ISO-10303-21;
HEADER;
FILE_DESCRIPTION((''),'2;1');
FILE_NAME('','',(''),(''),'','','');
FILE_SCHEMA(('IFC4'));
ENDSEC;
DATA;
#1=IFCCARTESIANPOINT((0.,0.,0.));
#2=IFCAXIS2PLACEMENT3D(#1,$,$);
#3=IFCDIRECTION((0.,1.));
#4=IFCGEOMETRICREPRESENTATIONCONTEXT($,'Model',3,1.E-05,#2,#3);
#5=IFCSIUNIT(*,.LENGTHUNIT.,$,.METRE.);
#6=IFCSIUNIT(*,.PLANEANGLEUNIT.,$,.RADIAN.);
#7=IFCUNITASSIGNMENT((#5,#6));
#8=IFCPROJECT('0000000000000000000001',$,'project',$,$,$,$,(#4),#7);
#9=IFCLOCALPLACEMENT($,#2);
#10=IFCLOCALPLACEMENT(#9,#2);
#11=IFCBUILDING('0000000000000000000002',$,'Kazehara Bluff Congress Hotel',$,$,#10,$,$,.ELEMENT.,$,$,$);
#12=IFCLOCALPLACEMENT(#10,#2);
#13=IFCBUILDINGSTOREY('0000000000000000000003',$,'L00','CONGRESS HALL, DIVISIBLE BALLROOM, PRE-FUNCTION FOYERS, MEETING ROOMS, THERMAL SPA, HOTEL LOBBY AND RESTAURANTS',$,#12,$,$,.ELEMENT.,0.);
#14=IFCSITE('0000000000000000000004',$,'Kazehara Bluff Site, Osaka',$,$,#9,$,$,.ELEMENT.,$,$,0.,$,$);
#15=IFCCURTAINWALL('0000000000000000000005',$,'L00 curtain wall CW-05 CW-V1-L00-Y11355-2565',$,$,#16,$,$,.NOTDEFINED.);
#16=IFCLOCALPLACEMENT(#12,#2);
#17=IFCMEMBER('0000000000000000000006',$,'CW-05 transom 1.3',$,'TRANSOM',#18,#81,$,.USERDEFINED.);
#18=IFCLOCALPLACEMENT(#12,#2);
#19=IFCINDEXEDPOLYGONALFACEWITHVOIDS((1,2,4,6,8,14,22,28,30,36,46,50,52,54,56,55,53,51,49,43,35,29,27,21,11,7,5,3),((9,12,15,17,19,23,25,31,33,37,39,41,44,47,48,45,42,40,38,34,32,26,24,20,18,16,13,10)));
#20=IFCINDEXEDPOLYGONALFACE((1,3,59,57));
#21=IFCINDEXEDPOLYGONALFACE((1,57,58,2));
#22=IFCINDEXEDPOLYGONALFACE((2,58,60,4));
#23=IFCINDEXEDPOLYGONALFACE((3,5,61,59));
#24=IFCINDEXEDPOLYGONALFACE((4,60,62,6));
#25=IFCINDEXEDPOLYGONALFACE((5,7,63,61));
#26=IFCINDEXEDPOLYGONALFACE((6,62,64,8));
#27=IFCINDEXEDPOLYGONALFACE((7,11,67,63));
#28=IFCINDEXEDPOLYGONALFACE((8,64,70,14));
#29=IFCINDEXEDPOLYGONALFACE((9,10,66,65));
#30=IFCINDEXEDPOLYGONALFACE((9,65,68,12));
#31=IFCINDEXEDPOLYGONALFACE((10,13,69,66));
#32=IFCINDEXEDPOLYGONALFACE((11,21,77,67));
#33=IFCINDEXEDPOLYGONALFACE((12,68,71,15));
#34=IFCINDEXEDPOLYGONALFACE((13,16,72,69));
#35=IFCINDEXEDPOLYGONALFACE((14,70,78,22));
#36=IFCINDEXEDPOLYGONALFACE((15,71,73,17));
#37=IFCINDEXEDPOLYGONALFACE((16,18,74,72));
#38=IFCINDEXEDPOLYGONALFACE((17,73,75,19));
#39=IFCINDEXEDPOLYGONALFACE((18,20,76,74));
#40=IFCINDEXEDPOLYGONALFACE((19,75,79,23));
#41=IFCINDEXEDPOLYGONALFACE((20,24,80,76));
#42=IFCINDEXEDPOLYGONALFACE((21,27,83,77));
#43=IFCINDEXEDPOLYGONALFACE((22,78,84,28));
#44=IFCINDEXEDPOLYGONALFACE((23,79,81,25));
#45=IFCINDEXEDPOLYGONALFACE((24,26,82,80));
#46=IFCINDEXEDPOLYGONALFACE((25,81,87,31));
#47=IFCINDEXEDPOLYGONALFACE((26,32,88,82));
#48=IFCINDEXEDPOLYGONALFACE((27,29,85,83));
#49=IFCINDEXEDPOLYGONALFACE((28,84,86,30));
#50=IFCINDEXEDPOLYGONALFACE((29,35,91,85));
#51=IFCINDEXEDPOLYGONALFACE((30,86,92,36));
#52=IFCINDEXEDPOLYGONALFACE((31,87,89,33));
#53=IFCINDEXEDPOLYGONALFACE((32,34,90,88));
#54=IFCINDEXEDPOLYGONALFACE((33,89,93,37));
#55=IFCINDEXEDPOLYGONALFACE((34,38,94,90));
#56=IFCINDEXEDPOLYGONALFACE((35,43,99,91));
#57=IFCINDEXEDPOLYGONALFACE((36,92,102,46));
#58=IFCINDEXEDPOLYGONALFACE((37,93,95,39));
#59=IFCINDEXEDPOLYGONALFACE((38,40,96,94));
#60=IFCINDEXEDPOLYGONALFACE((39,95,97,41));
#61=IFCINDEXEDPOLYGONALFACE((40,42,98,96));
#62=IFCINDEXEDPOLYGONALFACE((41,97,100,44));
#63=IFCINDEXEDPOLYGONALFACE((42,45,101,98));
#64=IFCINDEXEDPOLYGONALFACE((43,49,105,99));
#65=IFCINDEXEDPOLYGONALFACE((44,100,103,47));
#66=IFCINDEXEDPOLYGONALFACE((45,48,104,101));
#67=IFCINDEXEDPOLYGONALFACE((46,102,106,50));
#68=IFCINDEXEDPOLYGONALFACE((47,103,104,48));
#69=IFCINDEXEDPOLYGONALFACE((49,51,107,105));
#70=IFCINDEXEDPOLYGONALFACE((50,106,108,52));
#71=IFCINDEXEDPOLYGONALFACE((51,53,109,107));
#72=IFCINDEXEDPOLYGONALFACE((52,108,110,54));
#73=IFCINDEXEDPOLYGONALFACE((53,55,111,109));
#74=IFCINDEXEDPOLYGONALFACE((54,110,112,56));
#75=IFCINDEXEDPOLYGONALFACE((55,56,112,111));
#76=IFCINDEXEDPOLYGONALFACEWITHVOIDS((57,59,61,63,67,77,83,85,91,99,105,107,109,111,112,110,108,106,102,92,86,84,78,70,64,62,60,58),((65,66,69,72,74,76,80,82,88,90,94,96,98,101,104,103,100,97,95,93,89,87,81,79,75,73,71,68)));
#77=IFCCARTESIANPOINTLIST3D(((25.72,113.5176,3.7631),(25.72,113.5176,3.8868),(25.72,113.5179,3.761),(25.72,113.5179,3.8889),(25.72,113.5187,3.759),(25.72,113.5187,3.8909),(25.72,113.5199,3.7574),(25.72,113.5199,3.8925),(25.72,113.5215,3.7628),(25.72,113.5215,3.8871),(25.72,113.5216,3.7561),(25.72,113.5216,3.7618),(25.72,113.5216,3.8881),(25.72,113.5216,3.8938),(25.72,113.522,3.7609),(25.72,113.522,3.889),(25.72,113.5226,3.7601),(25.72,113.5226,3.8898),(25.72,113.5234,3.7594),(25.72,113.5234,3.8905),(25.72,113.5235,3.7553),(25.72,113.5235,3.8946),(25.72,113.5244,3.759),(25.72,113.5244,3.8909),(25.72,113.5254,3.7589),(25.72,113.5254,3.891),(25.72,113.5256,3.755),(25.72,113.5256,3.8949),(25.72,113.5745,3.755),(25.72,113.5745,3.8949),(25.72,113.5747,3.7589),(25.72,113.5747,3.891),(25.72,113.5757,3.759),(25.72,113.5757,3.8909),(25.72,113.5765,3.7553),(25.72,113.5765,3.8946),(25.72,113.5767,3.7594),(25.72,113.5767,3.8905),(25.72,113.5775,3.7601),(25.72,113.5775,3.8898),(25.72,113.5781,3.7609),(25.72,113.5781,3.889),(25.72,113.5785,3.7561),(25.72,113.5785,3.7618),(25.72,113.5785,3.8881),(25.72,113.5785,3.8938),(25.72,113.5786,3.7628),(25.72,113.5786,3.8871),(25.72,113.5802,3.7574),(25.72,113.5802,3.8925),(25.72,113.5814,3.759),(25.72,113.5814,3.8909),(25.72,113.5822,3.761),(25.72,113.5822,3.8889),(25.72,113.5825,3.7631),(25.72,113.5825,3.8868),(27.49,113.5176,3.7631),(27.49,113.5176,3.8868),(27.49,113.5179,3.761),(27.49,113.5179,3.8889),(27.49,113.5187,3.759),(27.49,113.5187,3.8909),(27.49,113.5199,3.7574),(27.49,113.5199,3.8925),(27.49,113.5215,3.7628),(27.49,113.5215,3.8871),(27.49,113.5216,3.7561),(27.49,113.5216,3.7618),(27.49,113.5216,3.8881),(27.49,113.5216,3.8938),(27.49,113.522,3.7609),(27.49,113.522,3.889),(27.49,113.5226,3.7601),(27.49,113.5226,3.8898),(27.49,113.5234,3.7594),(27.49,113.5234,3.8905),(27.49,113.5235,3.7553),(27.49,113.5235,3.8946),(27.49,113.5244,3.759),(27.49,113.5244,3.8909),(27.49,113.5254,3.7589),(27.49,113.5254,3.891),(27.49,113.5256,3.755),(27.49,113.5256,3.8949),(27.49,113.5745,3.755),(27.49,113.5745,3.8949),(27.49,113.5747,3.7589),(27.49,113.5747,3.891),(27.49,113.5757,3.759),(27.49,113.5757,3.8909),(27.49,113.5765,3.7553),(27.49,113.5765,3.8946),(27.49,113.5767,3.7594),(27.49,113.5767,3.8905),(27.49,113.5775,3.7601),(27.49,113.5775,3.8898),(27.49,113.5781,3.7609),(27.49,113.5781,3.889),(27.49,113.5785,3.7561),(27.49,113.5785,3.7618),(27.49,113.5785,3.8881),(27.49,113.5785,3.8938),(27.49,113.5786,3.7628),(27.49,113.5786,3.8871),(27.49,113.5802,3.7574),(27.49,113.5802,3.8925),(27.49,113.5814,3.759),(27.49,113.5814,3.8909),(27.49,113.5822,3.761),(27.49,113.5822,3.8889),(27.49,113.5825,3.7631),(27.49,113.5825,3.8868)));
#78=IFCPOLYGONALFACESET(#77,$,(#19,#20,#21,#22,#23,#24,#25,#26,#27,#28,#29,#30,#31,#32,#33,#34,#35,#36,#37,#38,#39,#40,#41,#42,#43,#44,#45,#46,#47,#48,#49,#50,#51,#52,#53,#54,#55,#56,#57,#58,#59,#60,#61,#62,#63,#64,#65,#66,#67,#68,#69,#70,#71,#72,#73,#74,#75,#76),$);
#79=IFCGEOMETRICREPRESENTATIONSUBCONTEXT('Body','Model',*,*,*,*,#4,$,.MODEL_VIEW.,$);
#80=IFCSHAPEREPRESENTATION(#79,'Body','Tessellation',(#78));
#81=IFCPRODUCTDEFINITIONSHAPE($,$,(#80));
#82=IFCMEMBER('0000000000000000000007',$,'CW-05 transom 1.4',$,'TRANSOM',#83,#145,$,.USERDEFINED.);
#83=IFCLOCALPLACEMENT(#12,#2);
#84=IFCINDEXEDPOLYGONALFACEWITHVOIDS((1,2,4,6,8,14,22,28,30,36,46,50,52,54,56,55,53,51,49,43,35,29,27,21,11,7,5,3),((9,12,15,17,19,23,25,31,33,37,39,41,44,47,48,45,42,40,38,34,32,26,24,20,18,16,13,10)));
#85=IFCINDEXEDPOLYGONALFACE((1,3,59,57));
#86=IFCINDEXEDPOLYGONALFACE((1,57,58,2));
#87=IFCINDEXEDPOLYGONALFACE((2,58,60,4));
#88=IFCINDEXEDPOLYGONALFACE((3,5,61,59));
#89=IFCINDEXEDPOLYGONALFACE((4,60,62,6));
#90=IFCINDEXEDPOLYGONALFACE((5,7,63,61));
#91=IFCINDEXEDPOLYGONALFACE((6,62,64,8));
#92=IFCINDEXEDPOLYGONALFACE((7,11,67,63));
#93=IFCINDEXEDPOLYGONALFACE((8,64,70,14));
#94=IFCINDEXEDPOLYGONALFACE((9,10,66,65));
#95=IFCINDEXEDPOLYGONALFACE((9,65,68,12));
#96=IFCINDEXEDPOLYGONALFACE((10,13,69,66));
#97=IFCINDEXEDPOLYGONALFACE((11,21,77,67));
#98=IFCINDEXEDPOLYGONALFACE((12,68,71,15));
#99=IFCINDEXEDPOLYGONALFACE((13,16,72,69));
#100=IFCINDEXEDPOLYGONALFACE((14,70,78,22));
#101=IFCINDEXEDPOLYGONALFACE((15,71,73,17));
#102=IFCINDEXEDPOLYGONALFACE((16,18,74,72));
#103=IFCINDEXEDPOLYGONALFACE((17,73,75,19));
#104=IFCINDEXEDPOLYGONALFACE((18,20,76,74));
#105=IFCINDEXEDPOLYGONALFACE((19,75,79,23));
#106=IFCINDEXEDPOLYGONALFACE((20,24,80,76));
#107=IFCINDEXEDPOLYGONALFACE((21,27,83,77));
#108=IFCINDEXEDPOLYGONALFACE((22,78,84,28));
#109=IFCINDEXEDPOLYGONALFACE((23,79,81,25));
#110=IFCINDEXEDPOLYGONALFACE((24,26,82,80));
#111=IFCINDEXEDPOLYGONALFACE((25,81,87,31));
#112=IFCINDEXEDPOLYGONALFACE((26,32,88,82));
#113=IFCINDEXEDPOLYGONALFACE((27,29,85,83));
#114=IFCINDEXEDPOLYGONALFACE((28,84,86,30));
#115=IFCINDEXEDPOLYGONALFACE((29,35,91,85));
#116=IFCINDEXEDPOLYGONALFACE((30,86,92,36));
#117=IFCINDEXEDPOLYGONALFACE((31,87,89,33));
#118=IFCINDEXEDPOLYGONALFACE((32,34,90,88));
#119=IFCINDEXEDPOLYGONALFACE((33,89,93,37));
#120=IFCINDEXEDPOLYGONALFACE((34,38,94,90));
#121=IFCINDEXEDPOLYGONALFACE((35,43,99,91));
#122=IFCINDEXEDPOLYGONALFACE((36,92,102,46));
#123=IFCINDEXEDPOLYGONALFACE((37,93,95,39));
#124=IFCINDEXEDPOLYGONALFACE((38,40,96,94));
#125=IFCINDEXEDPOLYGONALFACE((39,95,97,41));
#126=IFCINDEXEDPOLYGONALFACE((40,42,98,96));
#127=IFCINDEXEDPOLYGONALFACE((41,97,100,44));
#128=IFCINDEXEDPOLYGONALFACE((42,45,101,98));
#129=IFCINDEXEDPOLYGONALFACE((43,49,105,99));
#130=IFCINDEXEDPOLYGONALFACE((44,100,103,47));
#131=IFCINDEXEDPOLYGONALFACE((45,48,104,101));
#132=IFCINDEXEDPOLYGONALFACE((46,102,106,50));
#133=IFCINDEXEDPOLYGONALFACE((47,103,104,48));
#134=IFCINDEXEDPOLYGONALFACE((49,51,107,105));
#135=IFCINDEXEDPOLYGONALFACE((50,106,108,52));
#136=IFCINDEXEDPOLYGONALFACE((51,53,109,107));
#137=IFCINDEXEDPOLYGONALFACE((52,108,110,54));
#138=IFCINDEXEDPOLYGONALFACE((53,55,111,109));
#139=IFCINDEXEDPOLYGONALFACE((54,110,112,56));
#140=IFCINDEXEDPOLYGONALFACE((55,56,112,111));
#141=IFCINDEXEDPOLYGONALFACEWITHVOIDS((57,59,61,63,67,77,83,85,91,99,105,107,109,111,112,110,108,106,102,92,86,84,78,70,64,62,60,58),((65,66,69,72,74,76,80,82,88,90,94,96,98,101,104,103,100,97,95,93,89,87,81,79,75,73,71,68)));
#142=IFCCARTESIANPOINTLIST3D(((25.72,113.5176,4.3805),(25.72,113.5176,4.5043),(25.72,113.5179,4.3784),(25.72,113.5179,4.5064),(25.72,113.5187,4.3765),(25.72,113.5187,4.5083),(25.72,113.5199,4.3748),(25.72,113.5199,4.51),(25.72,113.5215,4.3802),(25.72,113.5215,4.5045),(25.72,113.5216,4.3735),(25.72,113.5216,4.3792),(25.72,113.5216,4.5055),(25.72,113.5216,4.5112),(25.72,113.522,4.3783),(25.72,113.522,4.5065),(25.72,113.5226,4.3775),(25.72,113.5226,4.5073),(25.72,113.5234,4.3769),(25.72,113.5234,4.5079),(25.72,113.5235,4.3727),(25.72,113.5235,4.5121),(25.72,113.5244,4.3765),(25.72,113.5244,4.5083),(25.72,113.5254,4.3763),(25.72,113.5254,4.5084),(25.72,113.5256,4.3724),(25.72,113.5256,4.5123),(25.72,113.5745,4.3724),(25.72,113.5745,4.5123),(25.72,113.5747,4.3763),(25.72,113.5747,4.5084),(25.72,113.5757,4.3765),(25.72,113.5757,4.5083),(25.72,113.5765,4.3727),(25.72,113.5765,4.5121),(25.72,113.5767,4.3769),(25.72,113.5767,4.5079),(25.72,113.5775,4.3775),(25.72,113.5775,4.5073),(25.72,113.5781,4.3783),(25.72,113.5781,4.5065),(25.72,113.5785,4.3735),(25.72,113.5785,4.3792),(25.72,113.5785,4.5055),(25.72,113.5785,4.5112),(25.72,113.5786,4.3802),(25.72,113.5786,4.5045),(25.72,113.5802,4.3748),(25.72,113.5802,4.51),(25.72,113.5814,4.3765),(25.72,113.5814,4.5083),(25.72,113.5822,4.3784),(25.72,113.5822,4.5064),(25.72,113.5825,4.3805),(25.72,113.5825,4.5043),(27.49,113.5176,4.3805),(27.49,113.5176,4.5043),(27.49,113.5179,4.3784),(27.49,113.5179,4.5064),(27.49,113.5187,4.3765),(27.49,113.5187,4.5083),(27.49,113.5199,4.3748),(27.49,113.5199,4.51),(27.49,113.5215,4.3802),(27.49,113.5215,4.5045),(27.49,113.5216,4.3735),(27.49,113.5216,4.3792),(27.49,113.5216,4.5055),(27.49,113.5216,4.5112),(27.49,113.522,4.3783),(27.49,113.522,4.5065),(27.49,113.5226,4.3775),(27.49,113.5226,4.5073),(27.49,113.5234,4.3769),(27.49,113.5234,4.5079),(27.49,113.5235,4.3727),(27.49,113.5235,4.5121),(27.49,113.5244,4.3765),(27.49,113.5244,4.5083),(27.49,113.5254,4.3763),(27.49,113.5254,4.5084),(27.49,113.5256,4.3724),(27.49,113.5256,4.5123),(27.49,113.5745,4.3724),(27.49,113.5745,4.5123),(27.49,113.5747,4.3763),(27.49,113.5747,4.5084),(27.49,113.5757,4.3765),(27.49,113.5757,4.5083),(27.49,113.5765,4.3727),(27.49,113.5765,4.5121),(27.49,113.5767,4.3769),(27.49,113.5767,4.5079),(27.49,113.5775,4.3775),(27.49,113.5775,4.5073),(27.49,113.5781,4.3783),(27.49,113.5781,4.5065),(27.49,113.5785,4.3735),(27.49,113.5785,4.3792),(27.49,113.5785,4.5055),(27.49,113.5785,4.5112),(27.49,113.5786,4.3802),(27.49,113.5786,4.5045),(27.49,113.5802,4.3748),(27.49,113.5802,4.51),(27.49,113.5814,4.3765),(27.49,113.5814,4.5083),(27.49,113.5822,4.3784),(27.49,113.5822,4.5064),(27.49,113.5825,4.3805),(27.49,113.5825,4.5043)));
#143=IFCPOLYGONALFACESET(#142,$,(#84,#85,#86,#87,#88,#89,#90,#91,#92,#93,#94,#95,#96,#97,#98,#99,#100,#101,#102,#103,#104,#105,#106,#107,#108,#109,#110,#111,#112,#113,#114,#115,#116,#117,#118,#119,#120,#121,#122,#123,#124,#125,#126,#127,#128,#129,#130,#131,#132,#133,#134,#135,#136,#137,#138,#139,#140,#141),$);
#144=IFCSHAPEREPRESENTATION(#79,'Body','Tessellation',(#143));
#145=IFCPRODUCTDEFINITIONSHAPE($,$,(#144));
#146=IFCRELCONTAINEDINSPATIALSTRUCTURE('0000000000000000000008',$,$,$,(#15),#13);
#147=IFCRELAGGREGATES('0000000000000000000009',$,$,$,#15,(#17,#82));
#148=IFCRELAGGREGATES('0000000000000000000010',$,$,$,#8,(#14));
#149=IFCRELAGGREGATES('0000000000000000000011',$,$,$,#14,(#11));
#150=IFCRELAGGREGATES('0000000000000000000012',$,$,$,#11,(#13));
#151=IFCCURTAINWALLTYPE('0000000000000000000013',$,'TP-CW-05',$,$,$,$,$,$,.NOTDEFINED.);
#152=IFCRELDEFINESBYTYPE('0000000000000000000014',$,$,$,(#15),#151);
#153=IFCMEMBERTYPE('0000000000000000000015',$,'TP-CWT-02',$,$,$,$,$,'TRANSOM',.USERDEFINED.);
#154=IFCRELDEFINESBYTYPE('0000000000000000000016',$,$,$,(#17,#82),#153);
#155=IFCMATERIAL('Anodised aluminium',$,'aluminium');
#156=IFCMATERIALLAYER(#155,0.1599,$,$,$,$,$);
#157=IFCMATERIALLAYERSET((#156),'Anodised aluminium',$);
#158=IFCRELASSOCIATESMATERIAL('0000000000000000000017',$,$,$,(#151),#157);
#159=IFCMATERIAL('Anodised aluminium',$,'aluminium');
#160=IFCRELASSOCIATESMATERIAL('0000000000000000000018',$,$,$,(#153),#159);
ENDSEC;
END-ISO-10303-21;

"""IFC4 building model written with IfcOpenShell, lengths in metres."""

from ifc_helpers import new_model, si_unit, direction, frame, origin, origin_2d, place, context, subcontext, project, spatial, hollow_rectangle, extrude, material, layer, layer_set, material_profile, profile_set, type_object, element, aggregate, save


model = new_model("IFC4")

# Units and contexts
model_context = context("Model", 3, precision=1e-05, world=origin(), true_north=direction((0.0, 1.0)))
body_context = subcontext(model_context, "Body", "Model", "MODEL_VIEW")
ifc_project = project(units=[si_unit("LENGTHUNIT", "METRE"), si_unit("PLANEANGLEUNIT", "RADIAN")], contexts=[model_context])

# Site, building, storey
site_placement = place(None, origin())
site = spatial("IfcSite", under=ifc_project, at=site_placement, Name="Kazehara Bluff Site, Osaka", CompositionType="ELEMENT", RefElevation=0.0)
building_placement = place(site_placement, origin())
building = spatial("IfcBuilding", under=site, at=building_placement, Name="Kazehara Bluff Congress Hotel", CompositionType="ELEMENT")
storey_placement = place(building_placement, origin())
storey = spatial("IfcBuildingStorey", under=building, at=storey_placement, Name="L00", Description="CONGRESS HALL, DIVISIBLE BALLROOM, PRE-FUNCTION FOYERS, MEETING ROOMS, THERMAL SPA, HOTEL LOBBY AND RESTAURANTS", CompositionType="ELEMENT", Elevation=0.0)

# Curtain wall
ifc_material_1 = material(Name="Anodised aluminium", Category="aluminium")
ifc_layer_1 = layer(ifc_material_1, 0.1599)
ifc_layer_set_1 = layer_set([ifc_layer_1], Name="Anodised aluminium")
curtain_wall_type_1 = type_object("IfcCurtainWallType", Name="TP-CW-05", PredefinedType="NOTDEFINED", material=ifc_layer_set_1)
curtain_wall_1_placement = place(storey_placement, origin())
curtain_wall_1 = element("IfcCurtainWall", 1, at=curtain_wall_1_placement, inside=storey, type_object=curtain_wall_type_1, Name="L00 curtain wall CW-05 CW-V1-L00-Y11355-2565", PredefinedType="NOTDEFINED")

# Members
ifc_material_2 = material(Name="Anodised aluminium", Category="aluminium")
ifc_material_profile_1 = material_profile(ifc_material_2, hollow_rectangle(XDim=0.0649, YDim=0.1399, WallThickness=0.0039, InnerFilletRadius=0.0039, OuterFilletRadius=0.0081, at=origin_2d()))
ifc_profile_set_1 = profile_set([ifc_material_profile_1], Name="Anodised aluminium")
member_type_1 = type_object("IfcMemberType", Name="TP-CWT-02", ElementType="TRANSOM", PredefinedType="USERDEFINED", material=ifc_profile_set_1)
member_1_placement = place(storey_placement, frame((25.72, 113.55, 3.825), z_axis=(1.0, 0.0, 0.0), x_axis=(0.0, 1.0, 0.0)))
member_1 = element("IfcMember", 2, at=member_1_placement, type_object=member_type_1, Name="CW-05 transom 1.3", ObjectType="TRANSOM", PredefinedType="USERDEFINED", context=body_context, shape_type="SweptSolid", body=[
    extrude(hollow_rectangle(XDim=0.0649, YDim=0.1399, WallThickness=0.0039, InnerFilletRadius=0.0039, OuterFilletRadius=0.0081, at=origin_2d()), origin(), (0.0, 0.0, 1.0), 1.77),
])
member_2_placement = place(storey_placement, frame((25.72, 113.55, 4.4424), z_axis=(1.0, 0.0, 0.0), x_axis=(0.0, 1.0, 0.0)))
member_2 = element("IfcMember", 3, at=member_2_placement, type_object=member_type_1, Name="CW-05 transom 1.4", ObjectType="TRANSOM", PredefinedType="USERDEFINED", context=body_context, shape_type="SweptSolid", body=[
    extrude(hollow_rectangle(XDim=0.0649, YDim=0.1399, WallThickness=0.0039, InnerFilletRadius=0.0039, OuterFilletRadius=0.0081, at=origin_2d()), origin(), (0.0, 0.0, 1.0), 1.77),
])

aggregate(curtain_wall_1, [member_1, member_2])

save(model, "model.ifc")
